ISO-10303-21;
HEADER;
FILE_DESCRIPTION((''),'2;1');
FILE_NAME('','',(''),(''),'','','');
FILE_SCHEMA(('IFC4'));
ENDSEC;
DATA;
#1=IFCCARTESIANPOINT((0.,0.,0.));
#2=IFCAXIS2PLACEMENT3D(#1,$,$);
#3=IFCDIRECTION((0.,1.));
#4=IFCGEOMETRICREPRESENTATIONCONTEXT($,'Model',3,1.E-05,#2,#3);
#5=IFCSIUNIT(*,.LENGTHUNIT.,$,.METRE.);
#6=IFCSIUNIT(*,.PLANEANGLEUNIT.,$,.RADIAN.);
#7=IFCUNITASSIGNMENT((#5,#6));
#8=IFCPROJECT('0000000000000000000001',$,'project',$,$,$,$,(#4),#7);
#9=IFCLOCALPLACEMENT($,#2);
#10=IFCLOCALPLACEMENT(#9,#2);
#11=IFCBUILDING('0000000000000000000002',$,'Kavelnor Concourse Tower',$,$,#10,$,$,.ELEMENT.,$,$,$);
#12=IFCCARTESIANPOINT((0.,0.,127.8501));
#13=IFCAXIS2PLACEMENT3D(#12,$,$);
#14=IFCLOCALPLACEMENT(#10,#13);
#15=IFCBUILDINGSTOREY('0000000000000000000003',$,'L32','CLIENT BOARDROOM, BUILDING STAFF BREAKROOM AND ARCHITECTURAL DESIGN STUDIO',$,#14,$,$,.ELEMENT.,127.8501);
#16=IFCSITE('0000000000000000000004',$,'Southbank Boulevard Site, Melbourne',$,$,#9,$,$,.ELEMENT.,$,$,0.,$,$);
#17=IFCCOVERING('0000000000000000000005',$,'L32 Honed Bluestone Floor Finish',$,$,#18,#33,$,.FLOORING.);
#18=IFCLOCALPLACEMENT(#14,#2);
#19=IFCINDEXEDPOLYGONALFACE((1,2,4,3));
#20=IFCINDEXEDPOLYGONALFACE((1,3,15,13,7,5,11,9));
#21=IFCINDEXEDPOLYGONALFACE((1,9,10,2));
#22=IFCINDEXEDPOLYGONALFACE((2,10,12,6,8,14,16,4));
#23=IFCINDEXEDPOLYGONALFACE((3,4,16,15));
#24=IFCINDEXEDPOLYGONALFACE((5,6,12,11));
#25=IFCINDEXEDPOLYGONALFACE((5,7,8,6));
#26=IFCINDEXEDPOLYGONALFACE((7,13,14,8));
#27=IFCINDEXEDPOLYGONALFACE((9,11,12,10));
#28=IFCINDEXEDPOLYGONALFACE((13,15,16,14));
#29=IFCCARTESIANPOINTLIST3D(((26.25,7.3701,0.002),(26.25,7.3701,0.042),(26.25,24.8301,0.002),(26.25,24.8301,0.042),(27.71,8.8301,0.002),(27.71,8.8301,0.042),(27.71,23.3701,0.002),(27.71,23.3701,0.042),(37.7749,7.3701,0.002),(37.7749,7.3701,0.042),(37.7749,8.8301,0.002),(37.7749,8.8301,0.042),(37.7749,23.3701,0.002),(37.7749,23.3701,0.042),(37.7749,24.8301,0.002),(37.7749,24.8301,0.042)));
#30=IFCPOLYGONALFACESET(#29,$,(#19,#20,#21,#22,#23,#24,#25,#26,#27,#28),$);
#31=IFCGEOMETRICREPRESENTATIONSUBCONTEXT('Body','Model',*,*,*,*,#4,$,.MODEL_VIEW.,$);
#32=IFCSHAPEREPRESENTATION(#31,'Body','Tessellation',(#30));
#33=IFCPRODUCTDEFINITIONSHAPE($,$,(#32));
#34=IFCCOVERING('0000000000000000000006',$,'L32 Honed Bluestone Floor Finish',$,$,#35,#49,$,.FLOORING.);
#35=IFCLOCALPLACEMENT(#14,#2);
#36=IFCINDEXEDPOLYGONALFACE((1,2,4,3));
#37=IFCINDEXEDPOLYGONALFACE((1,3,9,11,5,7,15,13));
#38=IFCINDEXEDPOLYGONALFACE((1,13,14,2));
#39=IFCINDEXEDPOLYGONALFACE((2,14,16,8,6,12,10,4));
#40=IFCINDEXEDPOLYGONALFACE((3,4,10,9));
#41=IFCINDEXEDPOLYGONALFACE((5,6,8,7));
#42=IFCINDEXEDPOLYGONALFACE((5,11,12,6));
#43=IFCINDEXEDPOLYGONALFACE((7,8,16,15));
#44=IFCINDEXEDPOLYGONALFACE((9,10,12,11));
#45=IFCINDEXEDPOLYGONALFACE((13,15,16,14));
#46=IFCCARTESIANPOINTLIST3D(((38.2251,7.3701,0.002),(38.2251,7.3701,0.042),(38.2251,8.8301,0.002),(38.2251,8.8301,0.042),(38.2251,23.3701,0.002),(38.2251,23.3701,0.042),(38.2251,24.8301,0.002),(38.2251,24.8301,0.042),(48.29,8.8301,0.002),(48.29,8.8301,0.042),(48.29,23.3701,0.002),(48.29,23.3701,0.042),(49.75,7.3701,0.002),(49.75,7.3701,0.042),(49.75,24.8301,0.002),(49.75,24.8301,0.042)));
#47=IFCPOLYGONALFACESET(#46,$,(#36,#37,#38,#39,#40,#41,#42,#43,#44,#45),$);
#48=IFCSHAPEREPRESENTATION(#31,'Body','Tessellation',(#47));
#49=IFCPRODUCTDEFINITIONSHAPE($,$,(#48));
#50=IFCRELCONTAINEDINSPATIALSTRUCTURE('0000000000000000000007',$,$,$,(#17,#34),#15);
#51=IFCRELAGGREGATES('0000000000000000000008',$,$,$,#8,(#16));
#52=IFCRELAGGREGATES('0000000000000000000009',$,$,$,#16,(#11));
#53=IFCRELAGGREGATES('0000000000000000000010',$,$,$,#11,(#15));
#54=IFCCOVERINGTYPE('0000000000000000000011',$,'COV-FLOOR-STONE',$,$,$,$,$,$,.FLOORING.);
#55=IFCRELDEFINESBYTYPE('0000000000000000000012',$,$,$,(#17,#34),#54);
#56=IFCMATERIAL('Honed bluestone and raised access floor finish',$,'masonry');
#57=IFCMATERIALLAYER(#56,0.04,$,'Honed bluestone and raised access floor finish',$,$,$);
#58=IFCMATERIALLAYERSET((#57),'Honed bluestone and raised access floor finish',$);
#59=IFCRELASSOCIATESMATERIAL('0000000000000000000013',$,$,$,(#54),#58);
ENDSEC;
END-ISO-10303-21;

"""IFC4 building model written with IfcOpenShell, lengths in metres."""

from ifc_helpers import new_model, si_unit, direction, frame, origin, place, context, subcontext, project, spatial, polyline, outline, extrude, material, layer, layer_set, type_object, element, save


model = new_model("IFC4")

# Units and contexts
model_context = context("Model", 3, precision=1e-05, world=origin(), true_north=direction((0.0, 1.0)))
body_context = subcontext(model_context, "Body", "Model", "MODEL_VIEW")
ifc_project = project(units=[si_unit("LENGTHUNIT", "METRE"), si_unit("PLANEANGLEUNIT", "RADIAN")], contexts=[model_context])

# Site, building, storey
site_placement = place(None, origin())
site = spatial("IfcSite", under=ifc_project, at=site_placement, Name="Southbank Boulevard Site, Melbourne", CompositionType="ELEMENT", RefElevation=0.0)
building_placement = place(site_placement, origin())
building = spatial("IfcBuilding", under=site, at=building_placement, Name="Kavelnor Concourse Tower", CompositionType="ELEMENT")
storey_placement = place(building_placement, frame((0.0, 0.0, 127.8501)))
storey = spatial("IfcBuildingStorey", under=building, at=storey_placement, Name="L32", Description="CLIENT BOARDROOM, BUILDING STAFF BREAKROOM AND ARCHITECTURAL DESIGN STUDIO", CompositionType="ELEMENT", Elevation=127.8501)

# Coverings
ifc_material_1 = material(Name="Honed bluestone and raised access floor finish", Category="masonry")
ifc_layer_1 = layer(ifc_material_1, 0.04, Name="Honed bluestone and raised access floor finish")
ifc_layer_set_1 = layer_set([ifc_layer_1], Name="Honed bluestone and raised access floor finish")
covering_type_1 = type_object("IfcCoveringType", Name="COV-FLOOR-STONE", PredefinedType="FLOORING", material=ifc_layer_set_1)
covering_1_placement = place(storey_placement, frame((0.0, 0.0, 0.002)))
element("IfcCovering", 1, at=covering_1_placement, inside=storey, type_object=covering_type_1, Name="L32 Honed Bluestone Floor Finish", PredefinedType="FLOORING", context=body_context, shape_type="SweptSolid", body=[
    extrude(outline(polyline([(26.25, 7.3701), (26.25, 24.8301), (37.7749, 24.8301), (37.7749, 23.3701), (27.71, 23.3701), (27.71, 8.8301), (37.7749, 8.8301), (37.7749, 7.3701), (26.25, 7.3701)])), origin(), (0.0, 0.0, 1.0), 0.04),
])
covering_2_placement = place(storey_placement, frame((0.0, 0.0, 0.002)))
element("IfcCovering", 2, at=covering_2_placement, inside=storey, type_object=covering_type_1, Name="L32 Honed Bluestone Floor Finish", PredefinedType="FLOORING", context=body_context, shape_type="SweptSolid", body=[
    extrude(outline(polyline([(49.75, 7.3701), (38.2251, 7.3701), (38.2251, 8.8301), (48.29, 8.8301), (48.29, 23.3701), (38.2251, 23.3701), (38.2251, 24.8301), (49.75, 24.8301), (49.75, 7.3701)])), origin(), (0.0, 0.0, 1.0), 0.04),
])

save(model, "model.ifc")
